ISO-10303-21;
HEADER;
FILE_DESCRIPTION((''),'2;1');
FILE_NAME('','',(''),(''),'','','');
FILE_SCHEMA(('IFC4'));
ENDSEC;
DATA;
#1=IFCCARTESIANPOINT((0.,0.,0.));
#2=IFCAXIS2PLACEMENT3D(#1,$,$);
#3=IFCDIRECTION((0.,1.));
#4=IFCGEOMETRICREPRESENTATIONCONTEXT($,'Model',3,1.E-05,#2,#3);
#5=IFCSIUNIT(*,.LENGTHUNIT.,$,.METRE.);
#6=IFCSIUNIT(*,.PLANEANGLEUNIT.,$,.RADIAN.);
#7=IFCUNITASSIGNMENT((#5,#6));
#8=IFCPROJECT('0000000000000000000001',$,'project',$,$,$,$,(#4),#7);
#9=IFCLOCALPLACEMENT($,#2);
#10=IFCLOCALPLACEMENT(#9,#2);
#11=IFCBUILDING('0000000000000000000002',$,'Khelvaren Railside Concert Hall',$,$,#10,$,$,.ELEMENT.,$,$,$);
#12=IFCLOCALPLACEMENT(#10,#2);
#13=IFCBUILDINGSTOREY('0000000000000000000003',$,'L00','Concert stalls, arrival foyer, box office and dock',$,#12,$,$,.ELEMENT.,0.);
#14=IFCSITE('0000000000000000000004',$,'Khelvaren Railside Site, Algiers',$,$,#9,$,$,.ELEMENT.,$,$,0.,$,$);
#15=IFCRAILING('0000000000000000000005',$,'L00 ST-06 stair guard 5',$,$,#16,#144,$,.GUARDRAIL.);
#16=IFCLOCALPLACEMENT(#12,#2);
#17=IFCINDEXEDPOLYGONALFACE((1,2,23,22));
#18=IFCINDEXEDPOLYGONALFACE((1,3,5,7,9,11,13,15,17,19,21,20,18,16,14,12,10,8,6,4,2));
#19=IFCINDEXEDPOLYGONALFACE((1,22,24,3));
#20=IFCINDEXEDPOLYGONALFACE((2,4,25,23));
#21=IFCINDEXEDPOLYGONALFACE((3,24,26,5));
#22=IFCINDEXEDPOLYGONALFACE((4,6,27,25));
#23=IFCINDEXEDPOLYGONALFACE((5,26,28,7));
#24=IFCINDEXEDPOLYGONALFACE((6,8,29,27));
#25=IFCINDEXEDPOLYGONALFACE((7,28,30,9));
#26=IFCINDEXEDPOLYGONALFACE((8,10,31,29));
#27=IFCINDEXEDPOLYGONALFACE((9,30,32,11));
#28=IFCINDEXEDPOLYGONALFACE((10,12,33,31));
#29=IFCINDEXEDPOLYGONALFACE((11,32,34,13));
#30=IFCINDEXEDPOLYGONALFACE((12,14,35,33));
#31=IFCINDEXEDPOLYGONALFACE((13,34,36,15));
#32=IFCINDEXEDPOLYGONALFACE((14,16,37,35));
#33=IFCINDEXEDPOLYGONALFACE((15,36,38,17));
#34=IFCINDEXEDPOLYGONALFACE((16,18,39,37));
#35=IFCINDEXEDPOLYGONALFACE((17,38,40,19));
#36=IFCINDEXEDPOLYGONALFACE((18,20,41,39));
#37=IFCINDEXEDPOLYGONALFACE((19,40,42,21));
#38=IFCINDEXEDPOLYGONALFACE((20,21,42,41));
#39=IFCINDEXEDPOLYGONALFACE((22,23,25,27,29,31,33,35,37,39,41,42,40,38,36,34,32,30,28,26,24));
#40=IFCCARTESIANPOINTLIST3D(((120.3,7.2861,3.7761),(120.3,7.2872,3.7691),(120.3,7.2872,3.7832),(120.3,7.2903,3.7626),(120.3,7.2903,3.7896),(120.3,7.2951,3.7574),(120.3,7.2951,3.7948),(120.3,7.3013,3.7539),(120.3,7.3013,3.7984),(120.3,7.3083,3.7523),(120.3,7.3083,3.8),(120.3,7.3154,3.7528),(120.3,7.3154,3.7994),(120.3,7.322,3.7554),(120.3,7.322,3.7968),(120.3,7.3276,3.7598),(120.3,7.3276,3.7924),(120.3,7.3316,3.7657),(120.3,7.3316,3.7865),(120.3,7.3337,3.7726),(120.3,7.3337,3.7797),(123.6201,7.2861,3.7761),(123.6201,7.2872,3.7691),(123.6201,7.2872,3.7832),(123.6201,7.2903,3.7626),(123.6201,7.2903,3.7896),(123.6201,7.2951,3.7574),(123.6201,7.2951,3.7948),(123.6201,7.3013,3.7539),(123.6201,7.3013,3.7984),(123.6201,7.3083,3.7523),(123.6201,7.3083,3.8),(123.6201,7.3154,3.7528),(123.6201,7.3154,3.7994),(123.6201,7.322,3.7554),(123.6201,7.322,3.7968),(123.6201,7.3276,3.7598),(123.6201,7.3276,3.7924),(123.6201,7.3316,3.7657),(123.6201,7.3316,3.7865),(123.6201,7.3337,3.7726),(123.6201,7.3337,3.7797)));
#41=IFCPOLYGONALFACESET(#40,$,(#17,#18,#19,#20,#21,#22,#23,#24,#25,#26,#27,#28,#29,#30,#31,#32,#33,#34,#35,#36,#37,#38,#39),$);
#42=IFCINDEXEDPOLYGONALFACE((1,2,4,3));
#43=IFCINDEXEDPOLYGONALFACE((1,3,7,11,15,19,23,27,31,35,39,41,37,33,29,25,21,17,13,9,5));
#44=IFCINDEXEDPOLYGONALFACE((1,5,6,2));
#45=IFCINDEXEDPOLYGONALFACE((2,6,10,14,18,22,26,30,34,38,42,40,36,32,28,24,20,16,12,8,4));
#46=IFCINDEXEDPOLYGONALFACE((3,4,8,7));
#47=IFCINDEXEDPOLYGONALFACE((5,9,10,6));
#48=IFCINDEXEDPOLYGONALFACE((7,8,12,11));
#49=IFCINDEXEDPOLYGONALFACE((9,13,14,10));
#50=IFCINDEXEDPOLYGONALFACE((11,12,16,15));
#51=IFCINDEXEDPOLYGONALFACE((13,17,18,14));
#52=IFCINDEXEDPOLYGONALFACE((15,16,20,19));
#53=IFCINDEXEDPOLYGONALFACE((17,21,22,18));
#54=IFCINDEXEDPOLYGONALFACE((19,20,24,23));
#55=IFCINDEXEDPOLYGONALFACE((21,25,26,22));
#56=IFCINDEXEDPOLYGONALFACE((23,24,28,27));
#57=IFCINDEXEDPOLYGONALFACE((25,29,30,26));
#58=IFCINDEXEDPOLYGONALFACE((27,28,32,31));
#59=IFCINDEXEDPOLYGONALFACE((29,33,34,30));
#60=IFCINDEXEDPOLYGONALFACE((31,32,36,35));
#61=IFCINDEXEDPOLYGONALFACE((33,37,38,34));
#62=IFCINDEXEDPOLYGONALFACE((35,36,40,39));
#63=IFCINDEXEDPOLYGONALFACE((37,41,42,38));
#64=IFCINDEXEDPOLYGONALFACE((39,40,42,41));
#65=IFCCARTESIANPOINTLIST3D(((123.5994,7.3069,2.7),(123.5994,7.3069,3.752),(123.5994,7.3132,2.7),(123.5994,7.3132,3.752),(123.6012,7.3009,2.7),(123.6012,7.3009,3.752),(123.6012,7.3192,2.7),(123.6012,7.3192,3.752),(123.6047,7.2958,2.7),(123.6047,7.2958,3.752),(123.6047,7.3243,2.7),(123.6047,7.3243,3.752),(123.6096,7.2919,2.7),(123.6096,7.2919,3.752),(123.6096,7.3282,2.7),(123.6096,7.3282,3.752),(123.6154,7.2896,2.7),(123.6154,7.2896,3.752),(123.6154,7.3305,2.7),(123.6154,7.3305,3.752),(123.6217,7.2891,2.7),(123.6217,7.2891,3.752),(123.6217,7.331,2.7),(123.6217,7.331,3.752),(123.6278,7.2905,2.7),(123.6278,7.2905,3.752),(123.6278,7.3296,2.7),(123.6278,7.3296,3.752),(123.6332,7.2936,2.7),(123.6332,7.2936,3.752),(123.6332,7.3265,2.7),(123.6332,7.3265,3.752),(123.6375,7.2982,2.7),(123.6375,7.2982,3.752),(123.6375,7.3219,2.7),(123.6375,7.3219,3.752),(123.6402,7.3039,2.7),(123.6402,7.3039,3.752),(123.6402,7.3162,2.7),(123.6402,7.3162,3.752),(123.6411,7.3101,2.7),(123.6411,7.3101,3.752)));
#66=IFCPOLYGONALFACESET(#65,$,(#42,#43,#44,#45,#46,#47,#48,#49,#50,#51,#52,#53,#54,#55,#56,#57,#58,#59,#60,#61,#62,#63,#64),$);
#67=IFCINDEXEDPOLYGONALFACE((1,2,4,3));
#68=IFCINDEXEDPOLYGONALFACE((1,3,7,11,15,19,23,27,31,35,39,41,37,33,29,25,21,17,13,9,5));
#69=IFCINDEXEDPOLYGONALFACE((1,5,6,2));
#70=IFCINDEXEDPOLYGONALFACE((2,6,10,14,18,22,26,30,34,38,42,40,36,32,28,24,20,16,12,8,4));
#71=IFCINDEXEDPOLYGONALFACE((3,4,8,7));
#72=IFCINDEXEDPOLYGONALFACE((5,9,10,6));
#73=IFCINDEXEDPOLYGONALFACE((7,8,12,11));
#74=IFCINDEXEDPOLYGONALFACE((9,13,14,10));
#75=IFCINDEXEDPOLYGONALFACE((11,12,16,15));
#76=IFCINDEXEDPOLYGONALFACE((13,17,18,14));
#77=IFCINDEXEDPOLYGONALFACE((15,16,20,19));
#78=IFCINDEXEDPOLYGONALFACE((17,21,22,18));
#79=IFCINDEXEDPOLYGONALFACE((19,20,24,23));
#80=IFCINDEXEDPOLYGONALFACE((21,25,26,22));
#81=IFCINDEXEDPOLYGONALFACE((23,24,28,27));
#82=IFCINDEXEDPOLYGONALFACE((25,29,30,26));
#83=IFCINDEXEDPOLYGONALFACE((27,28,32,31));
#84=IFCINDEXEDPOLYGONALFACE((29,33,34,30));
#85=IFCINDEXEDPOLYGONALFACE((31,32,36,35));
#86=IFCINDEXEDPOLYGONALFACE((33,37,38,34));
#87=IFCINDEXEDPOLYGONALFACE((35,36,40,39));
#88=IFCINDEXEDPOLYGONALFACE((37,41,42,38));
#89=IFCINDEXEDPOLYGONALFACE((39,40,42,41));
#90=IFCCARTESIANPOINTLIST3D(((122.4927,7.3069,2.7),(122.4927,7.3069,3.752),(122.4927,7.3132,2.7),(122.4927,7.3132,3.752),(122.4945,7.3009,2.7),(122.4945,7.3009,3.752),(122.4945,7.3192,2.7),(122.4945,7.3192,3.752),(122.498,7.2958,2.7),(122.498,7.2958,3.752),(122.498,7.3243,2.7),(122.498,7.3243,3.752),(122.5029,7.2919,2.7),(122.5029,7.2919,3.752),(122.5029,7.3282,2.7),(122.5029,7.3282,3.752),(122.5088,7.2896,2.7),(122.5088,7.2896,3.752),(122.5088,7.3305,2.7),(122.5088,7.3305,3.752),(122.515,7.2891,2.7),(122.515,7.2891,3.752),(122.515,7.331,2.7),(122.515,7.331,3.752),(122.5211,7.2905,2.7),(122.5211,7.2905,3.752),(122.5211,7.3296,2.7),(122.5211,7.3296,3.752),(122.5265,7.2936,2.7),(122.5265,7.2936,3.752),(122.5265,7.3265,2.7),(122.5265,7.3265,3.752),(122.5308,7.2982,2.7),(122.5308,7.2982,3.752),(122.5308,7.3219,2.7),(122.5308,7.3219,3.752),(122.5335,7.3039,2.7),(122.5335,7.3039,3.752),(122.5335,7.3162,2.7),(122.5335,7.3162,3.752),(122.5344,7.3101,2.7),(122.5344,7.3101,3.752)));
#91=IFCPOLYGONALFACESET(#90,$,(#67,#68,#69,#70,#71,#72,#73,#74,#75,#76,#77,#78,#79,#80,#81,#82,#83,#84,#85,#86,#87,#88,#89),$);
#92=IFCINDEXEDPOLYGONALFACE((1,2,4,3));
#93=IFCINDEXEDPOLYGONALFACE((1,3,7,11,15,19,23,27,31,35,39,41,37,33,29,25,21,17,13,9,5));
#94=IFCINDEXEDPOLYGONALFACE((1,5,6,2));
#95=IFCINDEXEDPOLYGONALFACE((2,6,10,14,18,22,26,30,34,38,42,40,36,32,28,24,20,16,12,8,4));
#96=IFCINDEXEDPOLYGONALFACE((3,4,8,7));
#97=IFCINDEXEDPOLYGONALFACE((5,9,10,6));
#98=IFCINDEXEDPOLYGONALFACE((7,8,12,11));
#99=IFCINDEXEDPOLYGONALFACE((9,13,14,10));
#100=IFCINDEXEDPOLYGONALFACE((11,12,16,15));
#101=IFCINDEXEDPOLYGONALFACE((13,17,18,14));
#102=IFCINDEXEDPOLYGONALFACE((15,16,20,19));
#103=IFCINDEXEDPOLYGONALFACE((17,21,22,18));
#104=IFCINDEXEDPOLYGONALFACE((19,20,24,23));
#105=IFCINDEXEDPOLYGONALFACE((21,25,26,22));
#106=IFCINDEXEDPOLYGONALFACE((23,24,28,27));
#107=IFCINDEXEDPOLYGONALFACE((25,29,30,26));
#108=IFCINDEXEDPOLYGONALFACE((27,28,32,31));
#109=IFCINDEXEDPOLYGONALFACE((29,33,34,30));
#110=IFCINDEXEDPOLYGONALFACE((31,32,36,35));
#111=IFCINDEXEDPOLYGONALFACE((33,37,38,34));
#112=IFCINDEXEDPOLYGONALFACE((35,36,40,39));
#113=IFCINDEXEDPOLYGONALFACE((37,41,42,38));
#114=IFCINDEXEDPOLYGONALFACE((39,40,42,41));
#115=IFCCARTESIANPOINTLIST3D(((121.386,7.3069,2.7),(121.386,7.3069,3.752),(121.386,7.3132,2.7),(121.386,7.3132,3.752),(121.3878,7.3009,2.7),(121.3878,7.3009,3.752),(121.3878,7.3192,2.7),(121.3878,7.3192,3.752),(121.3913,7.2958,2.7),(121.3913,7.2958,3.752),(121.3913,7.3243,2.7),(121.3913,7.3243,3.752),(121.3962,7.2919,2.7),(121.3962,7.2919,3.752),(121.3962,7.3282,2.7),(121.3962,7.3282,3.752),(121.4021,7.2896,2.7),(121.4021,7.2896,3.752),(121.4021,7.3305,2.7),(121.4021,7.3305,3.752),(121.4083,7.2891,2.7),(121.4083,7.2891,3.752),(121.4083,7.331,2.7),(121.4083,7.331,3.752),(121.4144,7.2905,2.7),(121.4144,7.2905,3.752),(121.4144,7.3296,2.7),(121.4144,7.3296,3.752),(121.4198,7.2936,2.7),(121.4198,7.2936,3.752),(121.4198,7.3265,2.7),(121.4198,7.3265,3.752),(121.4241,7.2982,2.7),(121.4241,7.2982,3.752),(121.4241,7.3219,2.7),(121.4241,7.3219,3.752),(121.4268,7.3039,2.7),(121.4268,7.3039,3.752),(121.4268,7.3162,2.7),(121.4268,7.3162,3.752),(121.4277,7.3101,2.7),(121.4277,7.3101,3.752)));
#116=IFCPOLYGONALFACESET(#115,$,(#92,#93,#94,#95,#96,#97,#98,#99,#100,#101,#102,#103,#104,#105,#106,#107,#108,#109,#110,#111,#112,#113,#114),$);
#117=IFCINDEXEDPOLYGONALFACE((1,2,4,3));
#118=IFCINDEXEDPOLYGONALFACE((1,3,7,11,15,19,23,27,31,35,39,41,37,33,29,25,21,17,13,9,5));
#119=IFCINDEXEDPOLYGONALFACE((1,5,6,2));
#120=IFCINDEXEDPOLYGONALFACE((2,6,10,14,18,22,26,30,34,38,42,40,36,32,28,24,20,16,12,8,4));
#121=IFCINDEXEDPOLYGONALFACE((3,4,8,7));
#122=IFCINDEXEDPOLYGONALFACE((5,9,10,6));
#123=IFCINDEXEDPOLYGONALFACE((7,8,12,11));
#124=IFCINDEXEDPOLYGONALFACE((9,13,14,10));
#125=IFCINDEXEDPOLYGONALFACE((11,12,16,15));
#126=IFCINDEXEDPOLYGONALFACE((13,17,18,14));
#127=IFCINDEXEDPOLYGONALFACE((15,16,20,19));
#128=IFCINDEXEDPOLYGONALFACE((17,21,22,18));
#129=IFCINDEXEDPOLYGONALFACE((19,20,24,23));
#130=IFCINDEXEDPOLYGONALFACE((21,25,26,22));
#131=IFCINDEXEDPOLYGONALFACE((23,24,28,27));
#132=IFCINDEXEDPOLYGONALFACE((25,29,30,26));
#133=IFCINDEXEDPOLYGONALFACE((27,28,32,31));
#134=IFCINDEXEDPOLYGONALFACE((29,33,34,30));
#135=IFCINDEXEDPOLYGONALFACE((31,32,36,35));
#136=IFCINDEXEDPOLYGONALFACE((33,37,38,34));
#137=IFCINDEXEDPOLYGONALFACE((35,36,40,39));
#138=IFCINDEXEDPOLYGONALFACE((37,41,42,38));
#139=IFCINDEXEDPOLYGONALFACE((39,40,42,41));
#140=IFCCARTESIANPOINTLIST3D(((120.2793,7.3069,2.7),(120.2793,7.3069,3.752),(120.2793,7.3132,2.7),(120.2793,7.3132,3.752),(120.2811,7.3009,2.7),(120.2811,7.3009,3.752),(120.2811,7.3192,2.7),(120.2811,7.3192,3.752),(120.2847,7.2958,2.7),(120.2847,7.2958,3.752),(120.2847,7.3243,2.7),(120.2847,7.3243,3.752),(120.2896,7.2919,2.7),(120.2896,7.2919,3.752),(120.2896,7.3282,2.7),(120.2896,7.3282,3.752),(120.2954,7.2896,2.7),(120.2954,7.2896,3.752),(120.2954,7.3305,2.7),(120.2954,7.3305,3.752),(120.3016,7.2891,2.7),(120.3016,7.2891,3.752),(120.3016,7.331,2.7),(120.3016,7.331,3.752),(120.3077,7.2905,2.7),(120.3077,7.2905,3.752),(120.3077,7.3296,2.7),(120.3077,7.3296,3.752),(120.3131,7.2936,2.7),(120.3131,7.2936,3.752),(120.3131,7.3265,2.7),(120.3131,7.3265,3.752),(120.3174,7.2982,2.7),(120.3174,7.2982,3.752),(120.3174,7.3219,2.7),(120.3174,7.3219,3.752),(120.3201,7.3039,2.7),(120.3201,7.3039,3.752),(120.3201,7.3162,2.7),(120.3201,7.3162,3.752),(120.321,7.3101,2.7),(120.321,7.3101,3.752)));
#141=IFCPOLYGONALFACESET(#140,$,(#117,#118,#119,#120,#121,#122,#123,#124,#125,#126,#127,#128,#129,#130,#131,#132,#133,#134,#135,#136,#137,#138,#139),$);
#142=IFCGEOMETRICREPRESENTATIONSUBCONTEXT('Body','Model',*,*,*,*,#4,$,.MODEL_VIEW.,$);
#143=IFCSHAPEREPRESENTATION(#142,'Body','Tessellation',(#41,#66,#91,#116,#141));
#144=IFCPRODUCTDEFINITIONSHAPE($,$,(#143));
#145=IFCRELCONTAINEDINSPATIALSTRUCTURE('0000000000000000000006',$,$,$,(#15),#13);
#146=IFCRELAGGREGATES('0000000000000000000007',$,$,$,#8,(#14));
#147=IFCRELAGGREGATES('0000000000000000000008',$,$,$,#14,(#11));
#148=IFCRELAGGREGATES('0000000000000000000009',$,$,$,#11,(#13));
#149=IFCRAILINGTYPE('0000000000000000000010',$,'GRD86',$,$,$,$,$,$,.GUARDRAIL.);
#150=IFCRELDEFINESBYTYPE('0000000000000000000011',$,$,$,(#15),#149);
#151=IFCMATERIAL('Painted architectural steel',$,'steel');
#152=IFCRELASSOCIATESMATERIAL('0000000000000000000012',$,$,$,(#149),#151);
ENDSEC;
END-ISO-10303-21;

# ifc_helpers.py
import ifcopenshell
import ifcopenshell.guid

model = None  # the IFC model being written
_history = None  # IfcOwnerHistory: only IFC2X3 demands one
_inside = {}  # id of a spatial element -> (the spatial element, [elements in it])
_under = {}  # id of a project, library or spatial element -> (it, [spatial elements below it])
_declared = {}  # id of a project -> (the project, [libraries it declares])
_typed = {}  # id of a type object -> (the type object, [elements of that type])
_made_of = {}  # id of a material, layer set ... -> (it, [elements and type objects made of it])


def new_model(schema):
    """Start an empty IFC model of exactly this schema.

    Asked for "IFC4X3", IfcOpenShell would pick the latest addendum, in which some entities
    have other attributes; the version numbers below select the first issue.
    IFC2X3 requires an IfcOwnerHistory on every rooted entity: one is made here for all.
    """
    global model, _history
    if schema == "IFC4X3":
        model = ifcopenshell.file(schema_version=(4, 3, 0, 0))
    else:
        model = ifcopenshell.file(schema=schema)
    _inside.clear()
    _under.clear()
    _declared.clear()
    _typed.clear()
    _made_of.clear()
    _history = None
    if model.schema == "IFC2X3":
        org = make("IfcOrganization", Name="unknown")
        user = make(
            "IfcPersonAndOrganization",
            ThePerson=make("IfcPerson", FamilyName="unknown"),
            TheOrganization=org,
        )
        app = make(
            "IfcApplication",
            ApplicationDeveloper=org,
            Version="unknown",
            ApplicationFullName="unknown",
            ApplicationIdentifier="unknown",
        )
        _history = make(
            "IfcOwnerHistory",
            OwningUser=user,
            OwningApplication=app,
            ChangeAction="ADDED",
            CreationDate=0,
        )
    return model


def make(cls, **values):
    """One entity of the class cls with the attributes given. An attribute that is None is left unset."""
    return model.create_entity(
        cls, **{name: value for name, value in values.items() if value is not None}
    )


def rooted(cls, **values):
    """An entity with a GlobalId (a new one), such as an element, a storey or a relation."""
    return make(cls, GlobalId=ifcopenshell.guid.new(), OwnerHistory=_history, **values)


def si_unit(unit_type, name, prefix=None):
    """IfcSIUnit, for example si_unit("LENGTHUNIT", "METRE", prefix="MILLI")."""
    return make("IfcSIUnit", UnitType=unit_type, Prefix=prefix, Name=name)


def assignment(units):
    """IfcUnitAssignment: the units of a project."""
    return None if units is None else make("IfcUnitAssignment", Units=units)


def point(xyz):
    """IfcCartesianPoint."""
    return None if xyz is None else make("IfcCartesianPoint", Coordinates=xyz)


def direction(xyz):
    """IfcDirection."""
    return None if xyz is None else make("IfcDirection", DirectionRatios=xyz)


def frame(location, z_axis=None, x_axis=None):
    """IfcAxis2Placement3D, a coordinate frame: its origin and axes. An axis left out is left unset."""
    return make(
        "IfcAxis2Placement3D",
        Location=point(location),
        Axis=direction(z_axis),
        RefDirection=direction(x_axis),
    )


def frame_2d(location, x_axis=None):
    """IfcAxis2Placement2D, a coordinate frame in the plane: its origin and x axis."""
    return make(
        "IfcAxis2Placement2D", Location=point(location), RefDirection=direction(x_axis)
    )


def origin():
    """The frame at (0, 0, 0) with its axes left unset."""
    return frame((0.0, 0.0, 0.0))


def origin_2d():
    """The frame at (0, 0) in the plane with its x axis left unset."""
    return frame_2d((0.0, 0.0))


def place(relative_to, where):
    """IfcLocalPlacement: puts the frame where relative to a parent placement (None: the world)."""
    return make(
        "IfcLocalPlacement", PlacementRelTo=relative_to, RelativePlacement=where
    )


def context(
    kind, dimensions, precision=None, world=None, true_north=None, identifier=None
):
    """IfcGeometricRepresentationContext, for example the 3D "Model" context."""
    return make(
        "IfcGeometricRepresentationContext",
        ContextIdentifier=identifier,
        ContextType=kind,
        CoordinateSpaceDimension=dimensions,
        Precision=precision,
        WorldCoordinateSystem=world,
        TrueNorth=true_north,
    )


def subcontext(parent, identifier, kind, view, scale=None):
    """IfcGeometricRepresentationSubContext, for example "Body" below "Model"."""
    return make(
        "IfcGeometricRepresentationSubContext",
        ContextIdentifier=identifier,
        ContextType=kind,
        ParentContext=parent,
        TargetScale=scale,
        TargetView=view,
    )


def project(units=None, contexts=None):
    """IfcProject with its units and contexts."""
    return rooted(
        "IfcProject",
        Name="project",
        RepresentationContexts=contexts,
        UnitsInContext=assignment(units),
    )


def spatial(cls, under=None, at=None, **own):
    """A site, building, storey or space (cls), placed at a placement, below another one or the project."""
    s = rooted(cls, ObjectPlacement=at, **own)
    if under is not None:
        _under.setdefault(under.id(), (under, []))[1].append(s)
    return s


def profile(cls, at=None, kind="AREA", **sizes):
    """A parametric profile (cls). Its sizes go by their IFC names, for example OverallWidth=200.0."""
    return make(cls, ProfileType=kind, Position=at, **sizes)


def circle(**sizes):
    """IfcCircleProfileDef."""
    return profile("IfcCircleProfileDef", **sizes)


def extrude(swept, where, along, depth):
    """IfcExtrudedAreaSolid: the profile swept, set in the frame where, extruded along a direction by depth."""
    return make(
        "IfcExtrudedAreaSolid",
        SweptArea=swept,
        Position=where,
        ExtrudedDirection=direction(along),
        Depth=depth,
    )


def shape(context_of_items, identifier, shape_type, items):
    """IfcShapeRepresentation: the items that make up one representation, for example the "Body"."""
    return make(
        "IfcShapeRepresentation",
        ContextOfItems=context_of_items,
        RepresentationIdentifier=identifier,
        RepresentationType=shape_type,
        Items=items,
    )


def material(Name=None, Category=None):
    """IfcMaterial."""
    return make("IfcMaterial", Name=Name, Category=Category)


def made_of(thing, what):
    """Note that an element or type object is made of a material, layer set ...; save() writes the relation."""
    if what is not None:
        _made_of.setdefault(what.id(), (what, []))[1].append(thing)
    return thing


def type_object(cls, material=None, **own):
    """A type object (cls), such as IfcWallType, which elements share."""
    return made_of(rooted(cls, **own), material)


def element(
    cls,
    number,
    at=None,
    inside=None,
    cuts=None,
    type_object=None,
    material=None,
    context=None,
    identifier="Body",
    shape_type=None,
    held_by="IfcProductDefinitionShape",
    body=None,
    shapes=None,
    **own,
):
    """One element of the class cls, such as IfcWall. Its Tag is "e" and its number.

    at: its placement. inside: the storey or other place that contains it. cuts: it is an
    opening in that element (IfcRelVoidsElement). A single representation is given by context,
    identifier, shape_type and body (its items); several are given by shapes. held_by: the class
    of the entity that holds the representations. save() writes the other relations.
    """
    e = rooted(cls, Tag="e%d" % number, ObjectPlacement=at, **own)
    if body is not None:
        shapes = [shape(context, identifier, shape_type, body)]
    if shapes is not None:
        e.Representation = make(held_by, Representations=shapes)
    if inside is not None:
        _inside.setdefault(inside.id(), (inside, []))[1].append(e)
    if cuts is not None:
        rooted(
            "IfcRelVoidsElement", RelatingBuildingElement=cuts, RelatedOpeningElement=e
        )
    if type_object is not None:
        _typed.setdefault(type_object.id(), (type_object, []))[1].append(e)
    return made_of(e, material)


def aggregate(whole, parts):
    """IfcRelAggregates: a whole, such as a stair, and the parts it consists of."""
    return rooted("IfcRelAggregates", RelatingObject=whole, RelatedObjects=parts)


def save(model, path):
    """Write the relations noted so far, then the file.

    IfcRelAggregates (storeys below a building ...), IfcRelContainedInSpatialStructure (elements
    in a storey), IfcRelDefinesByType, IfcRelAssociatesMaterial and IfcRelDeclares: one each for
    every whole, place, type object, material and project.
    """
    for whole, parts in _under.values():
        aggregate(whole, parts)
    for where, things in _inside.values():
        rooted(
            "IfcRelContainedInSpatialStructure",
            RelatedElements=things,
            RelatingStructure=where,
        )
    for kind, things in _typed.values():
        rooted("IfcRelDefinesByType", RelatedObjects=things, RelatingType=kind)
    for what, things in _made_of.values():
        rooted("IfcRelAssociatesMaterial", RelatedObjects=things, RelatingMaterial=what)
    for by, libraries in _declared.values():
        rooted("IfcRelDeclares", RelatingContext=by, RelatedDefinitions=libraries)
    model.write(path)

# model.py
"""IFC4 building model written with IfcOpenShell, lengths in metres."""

from ifc_helpers import new_model, si_unit, direction, frame, origin, origin_2d, place, context, subcontext, project, spatial, circle, extrude, material, type_object, element, save


model = new_model("IFC4")

# Units and contexts
model_context = context("Model", 3, precision=1e-05, world=origin(), true_north=direction((0.0, 1.0)))
body_context = subcontext(model_context, "Body", "Model", "MODEL_VIEW")
ifc_project = project(units=[si_unit("LENGTHUNIT", "METRE"), si_unit("PLANEANGLEUNIT", "RADIAN")], contexts=[model_context])

# Site, building, storey
site_placement = place(None, origin())
site = spatial("IfcSite", under=ifc_project, at=site_placement, Name="Khelvaren Railside Site, Algiers", CompositionType="ELEMENT", RefElevation=0.0)
building_placement = place(site_placement, origin())
building = spatial("IfcBuilding", under=site, at=building_placement, Name="Khelvaren Railside Concert Hall", CompositionType="ELEMENT")
storey_placement = place(building_placement, origin())
storey = spatial("IfcBuildingStorey", under=building, at=storey_placement, Name="L00", Description="Concert stalls, arrival foyer, box office and dock", CompositionType="ELEMENT", Elevation=0.0)

# Railing
ifc_material_1 = material(Name="Painted architectural steel", Category="steel")
railing_type = type_object("IfcRailingType", Name="GRD86", PredefinedType="GUARDRAIL", material=ifc_material_1)
railing_1_placement = place(storey_placement, frame((123.6201, 7.3101, 2.7)))
element("IfcRailing", 1, at=railing_1_placement, inside=storey, type_object=railing_type, Name="L00 ST-06 stair guard 5", PredefinedType="GUARDRAIL", context=body_context, shape_type="SweptSolid", body=[
    extrude(circle(Radius=0.0239, at=origin_2d()), frame((0.0, 0.0, 1.0762), z_axis=(-1.0, 0.0, 0.0), x_axis=(0.0, -1.0, 0.0)), (0.0, 0.0, 1.0), 3.3201),
    extrude(circle(Radius=0.021, at=origin_2d()), origin(), (0.0, 0.0, 1.0), 1.052),
    extrude(circle(Radius=0.021, at=origin_2d()), frame((-1.1067, 0.0, 0.0)), (0.0, 0.0, 1.0), 1.052),
    extrude(circle(Radius=0.021, at=origin_2d()), frame((-2.2134, 0.0, 0.0)), (0.0, 0.0, 1.0), 1.052),
    extrude(circle(Radius=0.021, at=origin_2d()), frame((-3.3201, 0.0, 0.0)), (0.0, 0.0, 1.0), 1.052),
])

save(model, "model.ifc")
